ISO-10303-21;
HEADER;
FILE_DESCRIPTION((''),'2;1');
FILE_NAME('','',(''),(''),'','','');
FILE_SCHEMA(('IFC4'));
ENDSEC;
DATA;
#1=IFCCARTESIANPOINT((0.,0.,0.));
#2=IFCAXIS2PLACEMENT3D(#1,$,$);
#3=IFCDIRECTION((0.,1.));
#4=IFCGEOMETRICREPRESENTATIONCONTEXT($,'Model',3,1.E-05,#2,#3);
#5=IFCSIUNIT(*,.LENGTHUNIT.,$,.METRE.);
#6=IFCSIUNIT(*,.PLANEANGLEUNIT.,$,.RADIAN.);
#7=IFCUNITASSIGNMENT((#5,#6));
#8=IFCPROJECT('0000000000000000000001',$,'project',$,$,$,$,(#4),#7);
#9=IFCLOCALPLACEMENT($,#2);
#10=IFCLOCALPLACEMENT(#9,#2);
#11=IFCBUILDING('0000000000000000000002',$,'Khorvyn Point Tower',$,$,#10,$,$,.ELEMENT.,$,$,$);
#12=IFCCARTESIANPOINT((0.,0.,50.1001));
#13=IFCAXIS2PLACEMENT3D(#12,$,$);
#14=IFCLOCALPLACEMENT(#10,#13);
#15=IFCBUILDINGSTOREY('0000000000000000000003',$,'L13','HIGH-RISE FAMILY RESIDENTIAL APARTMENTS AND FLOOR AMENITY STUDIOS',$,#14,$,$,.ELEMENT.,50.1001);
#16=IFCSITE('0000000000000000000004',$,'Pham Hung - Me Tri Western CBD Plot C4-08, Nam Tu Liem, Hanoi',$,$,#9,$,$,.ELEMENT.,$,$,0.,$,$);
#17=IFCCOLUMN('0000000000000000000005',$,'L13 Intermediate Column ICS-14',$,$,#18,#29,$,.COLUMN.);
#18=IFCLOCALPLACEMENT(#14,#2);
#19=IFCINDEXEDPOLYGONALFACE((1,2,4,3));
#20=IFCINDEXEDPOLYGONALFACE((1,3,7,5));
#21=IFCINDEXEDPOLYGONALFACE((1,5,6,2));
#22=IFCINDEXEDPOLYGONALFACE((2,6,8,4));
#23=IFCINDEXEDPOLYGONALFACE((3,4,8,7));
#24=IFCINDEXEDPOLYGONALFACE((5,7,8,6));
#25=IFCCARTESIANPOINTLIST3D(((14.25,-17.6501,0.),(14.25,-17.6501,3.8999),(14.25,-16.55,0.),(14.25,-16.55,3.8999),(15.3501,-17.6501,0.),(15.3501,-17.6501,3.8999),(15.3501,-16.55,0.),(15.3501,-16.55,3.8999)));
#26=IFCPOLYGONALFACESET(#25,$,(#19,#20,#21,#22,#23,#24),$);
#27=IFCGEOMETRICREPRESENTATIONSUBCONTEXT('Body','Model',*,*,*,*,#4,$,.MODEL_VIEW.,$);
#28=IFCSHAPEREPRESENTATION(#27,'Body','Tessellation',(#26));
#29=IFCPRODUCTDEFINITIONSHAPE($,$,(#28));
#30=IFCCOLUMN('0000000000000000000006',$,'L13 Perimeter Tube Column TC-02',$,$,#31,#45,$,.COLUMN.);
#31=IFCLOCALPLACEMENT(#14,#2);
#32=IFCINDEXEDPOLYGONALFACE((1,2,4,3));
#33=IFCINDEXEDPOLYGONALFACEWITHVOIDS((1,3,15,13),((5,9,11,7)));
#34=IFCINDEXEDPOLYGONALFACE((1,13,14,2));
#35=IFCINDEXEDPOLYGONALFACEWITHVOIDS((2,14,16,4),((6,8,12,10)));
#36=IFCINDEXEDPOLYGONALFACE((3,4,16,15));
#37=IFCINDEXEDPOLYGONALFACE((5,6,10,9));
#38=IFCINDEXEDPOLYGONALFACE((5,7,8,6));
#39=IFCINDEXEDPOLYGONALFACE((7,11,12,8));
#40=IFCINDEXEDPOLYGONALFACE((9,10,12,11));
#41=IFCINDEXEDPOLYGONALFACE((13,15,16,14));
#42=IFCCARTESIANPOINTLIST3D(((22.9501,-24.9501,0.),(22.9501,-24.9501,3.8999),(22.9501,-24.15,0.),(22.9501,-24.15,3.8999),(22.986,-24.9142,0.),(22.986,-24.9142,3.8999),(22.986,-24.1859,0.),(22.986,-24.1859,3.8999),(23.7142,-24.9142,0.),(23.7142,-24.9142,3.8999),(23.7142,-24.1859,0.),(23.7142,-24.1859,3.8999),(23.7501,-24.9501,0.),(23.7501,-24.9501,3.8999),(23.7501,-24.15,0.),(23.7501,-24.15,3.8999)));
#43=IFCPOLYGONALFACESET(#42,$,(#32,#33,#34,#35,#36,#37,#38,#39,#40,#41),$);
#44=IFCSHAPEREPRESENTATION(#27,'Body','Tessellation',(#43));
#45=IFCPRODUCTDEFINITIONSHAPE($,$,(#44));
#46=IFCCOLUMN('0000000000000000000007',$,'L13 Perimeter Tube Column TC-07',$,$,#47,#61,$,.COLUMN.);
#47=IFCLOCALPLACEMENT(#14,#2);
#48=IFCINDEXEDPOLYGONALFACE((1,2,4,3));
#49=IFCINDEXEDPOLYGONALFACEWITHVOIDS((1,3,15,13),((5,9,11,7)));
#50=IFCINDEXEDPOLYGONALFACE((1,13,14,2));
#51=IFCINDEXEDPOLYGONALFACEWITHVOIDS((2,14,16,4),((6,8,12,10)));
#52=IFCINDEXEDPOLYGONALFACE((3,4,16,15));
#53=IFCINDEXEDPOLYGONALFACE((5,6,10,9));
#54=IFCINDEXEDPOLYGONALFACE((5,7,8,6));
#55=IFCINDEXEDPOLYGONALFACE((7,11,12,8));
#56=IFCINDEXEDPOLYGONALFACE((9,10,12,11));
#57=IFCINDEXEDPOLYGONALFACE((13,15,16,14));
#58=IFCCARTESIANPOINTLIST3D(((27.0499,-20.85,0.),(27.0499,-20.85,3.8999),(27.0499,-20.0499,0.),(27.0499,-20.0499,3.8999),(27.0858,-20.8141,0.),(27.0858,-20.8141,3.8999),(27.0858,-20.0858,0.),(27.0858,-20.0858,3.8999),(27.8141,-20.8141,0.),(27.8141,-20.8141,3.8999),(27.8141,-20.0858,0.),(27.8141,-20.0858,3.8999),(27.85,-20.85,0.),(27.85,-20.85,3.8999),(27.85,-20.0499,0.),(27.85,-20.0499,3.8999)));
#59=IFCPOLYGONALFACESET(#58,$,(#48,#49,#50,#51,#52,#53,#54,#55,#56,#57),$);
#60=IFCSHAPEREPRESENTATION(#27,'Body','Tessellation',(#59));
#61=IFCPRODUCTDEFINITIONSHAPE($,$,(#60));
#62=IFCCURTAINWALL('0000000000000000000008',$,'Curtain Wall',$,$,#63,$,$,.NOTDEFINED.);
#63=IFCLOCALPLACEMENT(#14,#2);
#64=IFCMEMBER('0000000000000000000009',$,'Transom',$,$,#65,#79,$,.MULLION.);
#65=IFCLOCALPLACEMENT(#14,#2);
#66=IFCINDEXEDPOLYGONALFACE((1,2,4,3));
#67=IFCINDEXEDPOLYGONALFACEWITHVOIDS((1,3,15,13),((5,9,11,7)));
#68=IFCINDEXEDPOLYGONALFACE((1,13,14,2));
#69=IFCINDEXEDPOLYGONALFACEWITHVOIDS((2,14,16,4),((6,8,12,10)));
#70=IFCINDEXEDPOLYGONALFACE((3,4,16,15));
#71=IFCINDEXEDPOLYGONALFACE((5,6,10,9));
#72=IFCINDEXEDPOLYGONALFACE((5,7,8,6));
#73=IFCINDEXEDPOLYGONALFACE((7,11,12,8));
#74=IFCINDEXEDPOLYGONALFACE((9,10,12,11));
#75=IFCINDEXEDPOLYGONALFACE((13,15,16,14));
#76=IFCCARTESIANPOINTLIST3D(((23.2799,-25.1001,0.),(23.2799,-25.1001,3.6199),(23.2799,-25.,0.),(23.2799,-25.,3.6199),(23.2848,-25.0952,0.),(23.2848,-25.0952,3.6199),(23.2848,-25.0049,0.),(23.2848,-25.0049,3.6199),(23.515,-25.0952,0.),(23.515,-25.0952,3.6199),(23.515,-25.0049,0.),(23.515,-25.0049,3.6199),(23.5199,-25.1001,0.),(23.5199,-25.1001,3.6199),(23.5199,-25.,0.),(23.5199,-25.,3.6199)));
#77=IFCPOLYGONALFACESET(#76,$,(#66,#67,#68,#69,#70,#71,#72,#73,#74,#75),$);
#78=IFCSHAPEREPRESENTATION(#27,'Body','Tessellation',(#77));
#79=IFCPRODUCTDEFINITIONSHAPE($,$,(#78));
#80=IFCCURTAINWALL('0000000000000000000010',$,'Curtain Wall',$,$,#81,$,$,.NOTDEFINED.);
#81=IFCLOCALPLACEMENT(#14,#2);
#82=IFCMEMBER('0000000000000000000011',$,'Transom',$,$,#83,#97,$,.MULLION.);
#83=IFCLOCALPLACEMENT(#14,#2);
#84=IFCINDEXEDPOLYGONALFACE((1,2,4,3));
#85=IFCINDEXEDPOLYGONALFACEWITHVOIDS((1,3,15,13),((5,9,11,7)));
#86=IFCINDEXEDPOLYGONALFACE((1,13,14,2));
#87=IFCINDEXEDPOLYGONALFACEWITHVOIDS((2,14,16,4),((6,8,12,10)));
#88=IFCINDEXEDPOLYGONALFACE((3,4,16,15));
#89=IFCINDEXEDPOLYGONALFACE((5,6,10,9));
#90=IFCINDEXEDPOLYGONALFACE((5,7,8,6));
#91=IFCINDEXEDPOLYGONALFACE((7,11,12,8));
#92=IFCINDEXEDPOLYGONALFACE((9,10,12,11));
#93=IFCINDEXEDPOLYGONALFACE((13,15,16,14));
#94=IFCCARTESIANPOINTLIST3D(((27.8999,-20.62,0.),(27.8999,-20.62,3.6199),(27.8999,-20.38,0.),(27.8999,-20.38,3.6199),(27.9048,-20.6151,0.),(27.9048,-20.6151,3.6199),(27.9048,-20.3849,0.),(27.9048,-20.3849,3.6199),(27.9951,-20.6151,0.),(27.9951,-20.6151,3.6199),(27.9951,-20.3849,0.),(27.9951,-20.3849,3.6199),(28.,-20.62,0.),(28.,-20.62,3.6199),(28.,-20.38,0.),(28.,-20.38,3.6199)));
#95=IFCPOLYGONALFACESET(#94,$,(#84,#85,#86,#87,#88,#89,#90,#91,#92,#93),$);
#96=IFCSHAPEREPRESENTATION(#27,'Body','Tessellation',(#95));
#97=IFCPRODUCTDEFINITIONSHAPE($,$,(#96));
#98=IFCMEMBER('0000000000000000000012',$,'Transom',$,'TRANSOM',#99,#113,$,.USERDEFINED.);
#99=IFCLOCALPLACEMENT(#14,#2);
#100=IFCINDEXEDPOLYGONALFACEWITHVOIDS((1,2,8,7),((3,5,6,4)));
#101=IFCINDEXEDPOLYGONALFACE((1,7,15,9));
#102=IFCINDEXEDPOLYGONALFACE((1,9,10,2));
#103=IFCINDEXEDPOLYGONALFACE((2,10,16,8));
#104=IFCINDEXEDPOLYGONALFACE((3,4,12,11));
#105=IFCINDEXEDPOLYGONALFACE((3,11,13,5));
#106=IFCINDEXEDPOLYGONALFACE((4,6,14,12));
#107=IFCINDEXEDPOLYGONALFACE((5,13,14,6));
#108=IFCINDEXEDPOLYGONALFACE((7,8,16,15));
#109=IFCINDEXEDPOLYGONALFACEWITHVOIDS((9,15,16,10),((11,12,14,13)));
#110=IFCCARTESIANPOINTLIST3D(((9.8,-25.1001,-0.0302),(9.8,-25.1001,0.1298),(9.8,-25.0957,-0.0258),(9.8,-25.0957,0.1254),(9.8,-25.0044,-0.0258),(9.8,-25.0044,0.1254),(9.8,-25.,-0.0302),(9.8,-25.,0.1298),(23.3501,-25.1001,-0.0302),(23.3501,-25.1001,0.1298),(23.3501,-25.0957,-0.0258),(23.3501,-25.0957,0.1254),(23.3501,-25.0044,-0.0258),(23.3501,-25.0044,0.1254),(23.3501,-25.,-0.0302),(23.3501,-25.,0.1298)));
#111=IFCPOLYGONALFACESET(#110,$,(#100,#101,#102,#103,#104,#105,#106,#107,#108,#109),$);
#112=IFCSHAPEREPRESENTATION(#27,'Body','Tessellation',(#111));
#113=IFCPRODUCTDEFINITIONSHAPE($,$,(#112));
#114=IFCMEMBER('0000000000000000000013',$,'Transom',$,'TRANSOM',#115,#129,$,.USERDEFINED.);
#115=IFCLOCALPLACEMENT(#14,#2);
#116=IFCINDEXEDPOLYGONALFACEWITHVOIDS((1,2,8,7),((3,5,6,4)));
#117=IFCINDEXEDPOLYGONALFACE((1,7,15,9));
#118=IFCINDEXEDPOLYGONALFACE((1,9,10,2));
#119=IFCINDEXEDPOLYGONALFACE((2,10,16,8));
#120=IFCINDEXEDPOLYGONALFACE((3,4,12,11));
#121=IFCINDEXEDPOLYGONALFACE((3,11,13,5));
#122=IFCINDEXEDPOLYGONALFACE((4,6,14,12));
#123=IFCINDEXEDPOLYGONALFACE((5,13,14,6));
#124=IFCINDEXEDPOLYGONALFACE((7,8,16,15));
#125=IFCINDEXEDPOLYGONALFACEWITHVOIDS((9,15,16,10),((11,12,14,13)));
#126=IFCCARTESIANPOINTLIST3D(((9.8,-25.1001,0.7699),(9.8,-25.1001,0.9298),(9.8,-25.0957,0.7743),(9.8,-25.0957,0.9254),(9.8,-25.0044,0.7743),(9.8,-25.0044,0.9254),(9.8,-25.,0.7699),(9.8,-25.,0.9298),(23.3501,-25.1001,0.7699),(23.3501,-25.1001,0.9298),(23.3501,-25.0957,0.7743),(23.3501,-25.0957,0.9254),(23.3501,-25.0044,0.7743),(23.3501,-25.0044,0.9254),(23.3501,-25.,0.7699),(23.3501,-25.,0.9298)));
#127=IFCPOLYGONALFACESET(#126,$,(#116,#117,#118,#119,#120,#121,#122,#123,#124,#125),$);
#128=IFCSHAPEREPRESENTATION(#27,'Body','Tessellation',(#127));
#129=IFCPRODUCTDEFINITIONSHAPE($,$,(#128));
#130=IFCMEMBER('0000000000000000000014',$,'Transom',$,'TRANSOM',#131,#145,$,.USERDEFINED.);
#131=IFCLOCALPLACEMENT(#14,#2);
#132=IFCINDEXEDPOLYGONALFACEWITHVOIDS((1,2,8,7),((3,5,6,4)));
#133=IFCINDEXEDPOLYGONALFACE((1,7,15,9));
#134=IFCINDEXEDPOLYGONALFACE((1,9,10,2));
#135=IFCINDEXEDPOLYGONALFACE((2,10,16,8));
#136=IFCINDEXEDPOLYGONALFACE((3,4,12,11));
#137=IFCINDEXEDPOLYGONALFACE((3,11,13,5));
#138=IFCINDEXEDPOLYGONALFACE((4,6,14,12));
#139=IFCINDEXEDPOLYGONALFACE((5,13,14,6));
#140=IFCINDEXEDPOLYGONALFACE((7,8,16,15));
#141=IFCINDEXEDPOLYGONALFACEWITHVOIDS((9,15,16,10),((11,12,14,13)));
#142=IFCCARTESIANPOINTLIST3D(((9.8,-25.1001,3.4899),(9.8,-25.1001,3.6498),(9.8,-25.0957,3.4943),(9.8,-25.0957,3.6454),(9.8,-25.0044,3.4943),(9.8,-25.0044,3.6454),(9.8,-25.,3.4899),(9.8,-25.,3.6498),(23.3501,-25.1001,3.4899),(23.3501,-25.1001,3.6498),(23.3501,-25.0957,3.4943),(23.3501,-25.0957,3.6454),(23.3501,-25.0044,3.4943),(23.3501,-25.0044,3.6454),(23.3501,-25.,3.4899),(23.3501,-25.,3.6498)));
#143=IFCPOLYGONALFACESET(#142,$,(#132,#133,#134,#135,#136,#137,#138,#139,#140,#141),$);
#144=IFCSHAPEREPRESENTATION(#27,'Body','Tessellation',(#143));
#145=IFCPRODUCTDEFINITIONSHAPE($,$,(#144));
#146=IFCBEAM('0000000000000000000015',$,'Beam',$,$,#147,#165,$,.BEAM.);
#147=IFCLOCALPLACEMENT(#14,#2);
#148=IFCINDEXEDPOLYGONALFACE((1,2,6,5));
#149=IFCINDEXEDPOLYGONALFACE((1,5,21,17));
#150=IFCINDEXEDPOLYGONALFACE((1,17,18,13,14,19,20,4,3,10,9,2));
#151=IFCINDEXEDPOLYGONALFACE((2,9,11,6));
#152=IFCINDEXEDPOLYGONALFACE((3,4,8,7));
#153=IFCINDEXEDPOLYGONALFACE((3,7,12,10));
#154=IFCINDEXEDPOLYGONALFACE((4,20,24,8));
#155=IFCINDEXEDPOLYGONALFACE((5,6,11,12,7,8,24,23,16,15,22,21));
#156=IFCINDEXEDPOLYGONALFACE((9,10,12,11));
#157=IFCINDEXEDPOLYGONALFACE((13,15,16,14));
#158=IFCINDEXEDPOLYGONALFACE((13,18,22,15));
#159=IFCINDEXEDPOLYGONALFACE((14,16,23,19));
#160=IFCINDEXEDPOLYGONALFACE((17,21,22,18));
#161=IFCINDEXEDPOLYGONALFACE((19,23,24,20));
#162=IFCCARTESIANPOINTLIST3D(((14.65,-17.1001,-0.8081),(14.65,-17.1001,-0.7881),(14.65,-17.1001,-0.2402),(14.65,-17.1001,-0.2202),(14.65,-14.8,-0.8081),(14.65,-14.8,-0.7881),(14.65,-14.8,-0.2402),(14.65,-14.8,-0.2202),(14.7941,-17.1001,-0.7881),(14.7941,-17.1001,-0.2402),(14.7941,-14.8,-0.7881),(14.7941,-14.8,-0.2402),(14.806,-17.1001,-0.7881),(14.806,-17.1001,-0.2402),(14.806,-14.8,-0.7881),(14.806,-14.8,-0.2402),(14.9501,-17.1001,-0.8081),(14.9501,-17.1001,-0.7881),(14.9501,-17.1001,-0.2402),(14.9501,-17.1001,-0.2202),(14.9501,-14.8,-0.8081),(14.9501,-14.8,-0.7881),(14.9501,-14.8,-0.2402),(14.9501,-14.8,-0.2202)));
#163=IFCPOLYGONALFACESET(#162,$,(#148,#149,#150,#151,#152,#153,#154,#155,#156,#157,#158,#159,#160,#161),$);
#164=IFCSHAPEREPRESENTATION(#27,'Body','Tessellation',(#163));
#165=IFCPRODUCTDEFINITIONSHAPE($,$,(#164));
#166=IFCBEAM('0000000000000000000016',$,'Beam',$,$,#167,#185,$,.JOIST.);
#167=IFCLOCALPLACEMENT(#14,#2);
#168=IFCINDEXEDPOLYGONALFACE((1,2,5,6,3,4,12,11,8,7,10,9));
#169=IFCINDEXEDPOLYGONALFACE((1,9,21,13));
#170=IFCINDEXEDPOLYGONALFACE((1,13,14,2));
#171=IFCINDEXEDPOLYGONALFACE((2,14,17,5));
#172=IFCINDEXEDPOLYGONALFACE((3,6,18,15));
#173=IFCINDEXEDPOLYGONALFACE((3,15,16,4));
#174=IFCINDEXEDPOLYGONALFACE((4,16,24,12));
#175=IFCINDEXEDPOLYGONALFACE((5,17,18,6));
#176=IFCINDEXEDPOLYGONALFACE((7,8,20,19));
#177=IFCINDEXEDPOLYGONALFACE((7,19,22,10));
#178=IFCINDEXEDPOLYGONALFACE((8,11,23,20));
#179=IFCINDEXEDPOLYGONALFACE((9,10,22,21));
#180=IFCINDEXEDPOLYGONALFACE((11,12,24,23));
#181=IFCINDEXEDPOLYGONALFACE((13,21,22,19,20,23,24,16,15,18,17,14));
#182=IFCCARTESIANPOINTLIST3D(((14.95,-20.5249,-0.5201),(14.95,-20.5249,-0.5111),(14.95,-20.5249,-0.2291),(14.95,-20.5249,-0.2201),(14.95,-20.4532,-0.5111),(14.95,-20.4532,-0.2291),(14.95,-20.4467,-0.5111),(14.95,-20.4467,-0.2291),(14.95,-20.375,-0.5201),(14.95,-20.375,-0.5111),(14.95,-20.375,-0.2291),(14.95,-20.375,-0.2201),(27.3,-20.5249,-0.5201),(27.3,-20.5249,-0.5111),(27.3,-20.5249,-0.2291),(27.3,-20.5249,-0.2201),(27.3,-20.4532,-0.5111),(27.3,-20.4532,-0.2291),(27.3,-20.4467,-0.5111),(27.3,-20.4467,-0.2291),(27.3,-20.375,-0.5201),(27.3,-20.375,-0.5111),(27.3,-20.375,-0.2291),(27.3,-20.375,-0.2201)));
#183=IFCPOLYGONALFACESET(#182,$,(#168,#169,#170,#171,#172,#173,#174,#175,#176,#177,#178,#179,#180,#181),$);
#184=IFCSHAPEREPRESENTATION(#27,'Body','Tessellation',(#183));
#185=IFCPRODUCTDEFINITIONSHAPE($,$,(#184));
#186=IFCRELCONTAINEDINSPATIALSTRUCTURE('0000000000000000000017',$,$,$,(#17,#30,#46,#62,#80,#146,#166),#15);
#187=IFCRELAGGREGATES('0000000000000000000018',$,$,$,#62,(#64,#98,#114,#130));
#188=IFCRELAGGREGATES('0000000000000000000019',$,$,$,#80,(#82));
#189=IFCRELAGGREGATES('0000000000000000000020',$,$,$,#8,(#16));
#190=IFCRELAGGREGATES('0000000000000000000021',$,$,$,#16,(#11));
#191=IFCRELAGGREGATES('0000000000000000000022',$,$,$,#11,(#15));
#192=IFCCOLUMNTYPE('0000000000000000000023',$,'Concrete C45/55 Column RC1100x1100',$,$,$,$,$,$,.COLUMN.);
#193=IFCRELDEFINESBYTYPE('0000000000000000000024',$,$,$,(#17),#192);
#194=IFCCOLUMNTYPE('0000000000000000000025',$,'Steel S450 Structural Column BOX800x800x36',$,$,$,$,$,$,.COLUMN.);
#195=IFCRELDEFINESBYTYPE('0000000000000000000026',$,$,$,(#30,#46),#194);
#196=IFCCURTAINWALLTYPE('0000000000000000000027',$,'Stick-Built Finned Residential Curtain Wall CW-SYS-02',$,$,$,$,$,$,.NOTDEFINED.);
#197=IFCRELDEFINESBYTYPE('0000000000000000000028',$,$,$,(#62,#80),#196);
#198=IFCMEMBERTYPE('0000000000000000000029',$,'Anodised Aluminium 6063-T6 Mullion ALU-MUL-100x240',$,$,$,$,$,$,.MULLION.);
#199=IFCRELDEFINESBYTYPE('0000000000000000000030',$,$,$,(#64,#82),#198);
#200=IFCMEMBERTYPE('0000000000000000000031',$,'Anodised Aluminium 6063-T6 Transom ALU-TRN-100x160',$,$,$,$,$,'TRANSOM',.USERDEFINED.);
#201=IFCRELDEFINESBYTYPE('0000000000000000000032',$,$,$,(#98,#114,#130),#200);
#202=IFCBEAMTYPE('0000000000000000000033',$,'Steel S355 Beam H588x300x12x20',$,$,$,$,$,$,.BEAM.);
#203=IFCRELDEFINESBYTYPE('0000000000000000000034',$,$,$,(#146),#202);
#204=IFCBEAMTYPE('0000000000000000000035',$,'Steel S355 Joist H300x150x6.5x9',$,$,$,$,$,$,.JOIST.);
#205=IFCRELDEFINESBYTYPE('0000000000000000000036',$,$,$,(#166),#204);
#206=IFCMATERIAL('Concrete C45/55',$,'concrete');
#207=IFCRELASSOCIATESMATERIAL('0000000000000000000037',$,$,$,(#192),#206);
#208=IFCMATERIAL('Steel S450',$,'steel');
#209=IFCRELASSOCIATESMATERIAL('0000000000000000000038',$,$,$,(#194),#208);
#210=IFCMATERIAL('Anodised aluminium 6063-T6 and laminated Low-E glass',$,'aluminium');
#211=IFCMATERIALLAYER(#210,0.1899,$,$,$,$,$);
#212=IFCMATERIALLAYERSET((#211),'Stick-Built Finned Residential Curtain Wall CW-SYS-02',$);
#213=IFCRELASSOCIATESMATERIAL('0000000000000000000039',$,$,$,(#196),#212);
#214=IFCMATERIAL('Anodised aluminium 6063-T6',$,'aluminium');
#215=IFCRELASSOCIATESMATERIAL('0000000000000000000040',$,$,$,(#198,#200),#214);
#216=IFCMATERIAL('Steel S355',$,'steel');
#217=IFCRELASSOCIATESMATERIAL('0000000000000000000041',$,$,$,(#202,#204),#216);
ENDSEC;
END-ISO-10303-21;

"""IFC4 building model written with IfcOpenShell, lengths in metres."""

from ifc_helpers import new_model, si_unit, direction, frame, origin, origin_2d, place, context, subcontext, project, spatial, rectangle, hollow_rectangle, i_section, extrude, material, layer, layer_set, material_profile, profile_set, type_object, element, aggregate, save


model = new_model("IFC4")

# Units and contexts
model_context = context("Model", 3, precision=1e-05, world=origin(), true_north=direction((0.0, 1.0)))
body_context = subcontext(model_context, "Body", "Model", "MODEL_VIEW")
ifc_project = project(units=[si_unit("LENGTHUNIT", "METRE"), si_unit("PLANEANGLEUNIT", "RADIAN")], contexts=[model_context])

# Site, building, storey
site_placement = place(None, origin())
site = spatial("IfcSite", under=ifc_project, at=site_placement, Name="Pham Hung - Me Tri Western CBD Plot C4-08, Nam Tu Liem, Hanoi", CompositionType="ELEMENT", RefElevation=0.0)
building_placement = place(site_placement, origin())
building = spatial("IfcBuilding", under=site, at=building_placement, Name="Khorvyn Point Tower", CompositionType="ELEMENT")
storey_placement = place(building_placement, frame((0.0, 0.0, 50.1001)))
storey = spatial("IfcBuildingStorey", under=building, at=storey_placement, Name="L13", Description="HIGH-RISE FAMILY RESIDENTIAL APARTMENTS AND FLOOR AMENITY STUDIOS", CompositionType="ELEMENT", Elevation=50.1001)

# Columns
ifc_material_1 = material(Name="Concrete C45/55", Category="concrete")
ifc_material_profile_1 = material_profile(ifc_material_1, rectangle(XDim=1.1001, YDim=1.1001, at=origin_2d()))
ifc_profile_set_1 = profile_set([ifc_material_profile_1], Name="Concrete C45/55 RC1100x1100")
column_type_1 = type_object("IfcColumnType", Name="Concrete C45/55 Column RC1100x1100", PredefinedType="COLUMN", material=ifc_profile_set_1)
column_placement = place(storey_placement, frame((14.8, -17.1001, 0.0), z_axis=(0.0, 0.0, 1.0), x_axis=(1.0, 0.0, 0.0)))
element("IfcColumn", 1, at=column_placement, inside=storey, type_object=column_type_1, Name="L13 Intermediate Column ICS-14", PredefinedType="COLUMN", context=body_context, shape_type="SweptSolid", body=[
    extrude(rectangle(XDim=1.1001, YDim=1.1001, at=origin_2d()), origin(), (0.0, 0.0, 1.0), 3.8999),
])
ifc_material_2 = material(Name="Steel S450", Category="steel")
ifc_material_profile_2 = material_profile(ifc_material_2, hollow_rectangle(XDim=0.8, YDim=0.8, WallThickness=0.0359, at=origin_2d()))
ifc_profile_set_2 = profile_set([ifc_material_profile_2], Name="Steel S450 BOX800x800x36")
column_type_2 = type_object("IfcColumnType", Name="Steel S450 Structural Column BOX800x800x36", PredefinedType="COLUMN", material=ifc_profile_set_2)
for number, where, z_axis, x_axis, name in (
    (2, (23.3501, -24.55, 0.0), (0.0, 0.0, 1.0), (1.0, 0.0, 0.0), "L13 Perimeter Tube Column TC-02"),
    (3, (27.45, -20.45, 0.0), (0.0, 0.0, 1.0), (1.0, 0.0, 0.0), "L13 Perimeter Tube Column TC-07"),
):
    element("IfcColumn", number, at=place(storey_placement, frame(where, z_axis=z_axis, x_axis=x_axis)), inside=storey, type_object=column_type_2, Name=name, PredefinedType="COLUMN", context=body_context, shape_type="SweptSolid", body=[
        extrude(hollow_rectangle(XDim=0.8, YDim=0.8, WallThickness=0.0359, at=origin_2d()), origin(), (0.0, 0.0, 1.0), 3.8999),
    ])

# Curtain walls, members
ifc_material_3 = material(Name="Anodised aluminium 6063-T6 and laminated Low-E glass", Category="aluminium")
ifc_layer_1 = layer(ifc_material_3, 0.1899)
ifc_layer_set_1 = layer_set([ifc_layer_1], Name="Stick-Built Finned Residential Curtain Wall CW-SYS-02")
curtain_wall_type = type_object("IfcCurtainWallType", Name="Stick-Built Finned Residential Curtain Wall CW-SYS-02", PredefinedType="NOTDEFINED", material=ifc_layer_set_1)
curtain_wall_1_placement = place(storey_placement, origin())
curtain_wall_1 = element("IfcCurtainWall", 4, at=curtain_wall_1_placement, inside=storey, type_object=curtain_wall_type, Name="Curtain Wall", PredefinedType="NOTDEFINED")
ifc_material_4 = material(Name="Anodised aluminium 6063-T6", Category="aluminium")
ifc_material_profile_3 = material_profile(ifc_material_4, hollow_rectangle(XDim=0.1001, YDim=0.24, WallThickness=0.0049, at=origin_2d()))
ifc_profile_set_3 = profile_set([ifc_material_profile_3], Name="Anodised aluminium 6063-T6 ALU-MUL-100x240")
member_type_1 = type_object("IfcMemberType", Name="Anodised Aluminium 6063-T6 Mullion ALU-MUL-100x240", PredefinedType="MULLION", material=ifc_profile_set_3)
member_1_placement = place(storey_placement, frame((23.3999, -25.05, 0.0), z_axis=(0.0, 0.0, 1.0), x_axis=(0.0, -1.0, 0.0)))
member_1 = element("IfcMember", 5, at=member_1_placement, type_object=member_type_1, Name="Transom", PredefinedType="MULLION", context=body_context, shape_type="SweptSolid", body=[
    extrude(hollow_rectangle(XDim=0.1001, YDim=0.24, WallThickness=0.0049, at=origin_2d()), origin(), (0.0, 0.0, 1.0), 3.6199),
])
curtain_wall_2_placement = place(storey_placement, origin())
curtain_wall_2 = element("IfcCurtainWall", 6, at=curtain_wall_2_placement, inside=storey, type_object=curtain_wall_type, Name="Curtain Wall", PredefinedType="NOTDEFINED")
member_2_placement = place(storey_placement, frame((27.95, -20.5, 0.0), z_axis=(0.0, 0.0, 1.0), x_axis=(1.0, 0.0, 0.0)))
member_2 = element("IfcMember", 7, at=member_2_placement, type_object=member_type_1, Name="Transom", PredefinedType="MULLION", context=body_context, shape_type="SweptSolid", body=[
    extrude(hollow_rectangle(XDim=0.1001, YDim=0.24, WallThickness=0.0049, at=origin_2d()), origin(), (0.0, 0.0, 1.0), 3.6199),
])

# Members
ifc_material_profile_4 = material_profile(ifc_material_4, hollow_rectangle(XDim=0.1001, YDim=0.1599, WallThickness=0.0044, at=origin_2d()))
ifc_profile_set_4 = profile_set([ifc_material_profile_4], Name="Anodised aluminium 6063-T6 ALU-TRN-100x160")
member_type_2 = type_object("IfcMemberType", Name="Anodised Aluminium 6063-T6 Transom ALU-TRN-100x160", ElementType="TRANSOM", PredefinedType="USERDEFINED", material=ifc_profile_set_4)
member_3_placement = place(storey_placement, frame((23.3501, -25.05, 0.0498), z_axis=(-1.0, 0.0, 0.0), x_axis=(0.0, -1.0, 0.0)))
member_3 = element("IfcMember", 8, at=member_3_placement, type_object=member_type_2, Name="Transom", ObjectType="TRANSOM", PredefinedType="USERDEFINED", context=body_context, shape_type="SweptSolid", body=[
    extrude(hollow_rectangle(XDim=0.1001, YDim=0.1599, WallThickness=0.0044, at=origin_2d()), origin(), (0.0, 0.0, 1.0), 13.55),
])
member_4_placement = place(storey_placement, frame((23.3501, -25.05, 0.8499), z_axis=(-1.0, 0.0, 0.0), x_axis=(0.0, -1.0, 0.0)))
member_4 = element("IfcMember", 9, at=member_4_placement, type_object=member_type_2, Name="Transom", ObjectType="TRANSOM", PredefinedType="USERDEFINED", context=body_context, shape_type="SweptSolid", body=[
    extrude(hollow_rectangle(XDim=0.1001, YDim=0.1599, WallThickness=0.0044, at=origin_2d()), origin(), (0.0, 0.0, 1.0), 13.55),
])
member_5_placement = place(storey_placement, frame((23.3501, -25.05, 3.5698), z_axis=(-1.0, 0.0, 0.0), x_axis=(0.0, -1.0, 0.0)))
member_5 = element("IfcMember", 10, at=member_5_placement, type_object=member_type_2, Name="Transom", ObjectType="TRANSOM", PredefinedType="USERDEFINED", context=body_context, shape_type="SweptSolid", body=[
    extrude(hollow_rectangle(XDim=0.1001, YDim=0.1599, WallThickness=0.0044, at=origin_2d()), origin(), (0.0, 0.0, 1.0), 13.55),
])

# Beams
ifc_material_5 = material(Name="Steel S355", Category="steel")
ifc_material_profile_5 = material_profile(ifc_material_5, i_section(OverallWidth=0.3, OverallDepth=0.5879, WebThickness=0.012, FlangeThickness=0.02, at=origin_2d()))
ifc_profile_set_5 = profile_set([ifc_material_profile_5], Name="Steel S355 H588x300x12x20")
beam_type_1 = type_object("IfcBeamType", Name="Steel S355 Beam H588x300x12x20", PredefinedType="BEAM", material=ifc_profile_set_5)
beam_1_placement = place(storey_placement, frame((14.8, -17.1001, -0.5142), z_axis=(0.0, 1.0, 0.0), x_axis=(-1.0, 0.0, 0.0)))
element("IfcBeam", 11, at=beam_1_placement, inside=storey, type_object=beam_type_1, Name="Beam", PredefinedType="BEAM", context=body_context, shape_type="SweptSolid", body=[
    extrude(i_section(OverallWidth=0.3, OverallDepth=0.5879, WebThickness=0.012, FlangeThickness=0.02, at=origin_2d()), origin(), (0.0, 0.0, 1.0), 2.3),
])
ifc_material_profile_6 = material_profile(ifc_material_5, i_section(OverallWidth=0.1499, OverallDepth=0.3, WebThickness=0.0066, FlangeThickness=0.009, at=origin_2d()))
ifc_profile_set_6 = profile_set([ifc_material_profile_6], Name="Steel S355 H300x150x6.5x9")
beam_type_2 = type_object("IfcBeamType", Name="Steel S355 Joist H300x150x6.5x9", PredefinedType="JOIST", material=ifc_profile_set_6)
beam_2_placement = place(storey_placement, frame((14.95, -20.45, -0.3701), z_axis=(1.0, 0.0, 0.0), x_axis=(0.0, 1.0, 0.0)))
element("IfcBeam", 12, at=beam_2_placement, inside=storey, type_object=beam_type_2, Name="Beam", PredefinedType="JOIST", context=body_context, shape_type="SweptSolid", body=[
    extrude(i_section(OverallWidth=0.1499, OverallDepth=0.3, WebThickness=0.0066, FlangeThickness=0.009, at=origin_2d()), origin(), (0.0, 0.0, 1.0), 12.3501),
])

aggregate(curtain_wall_1, [member_1, member_3, member_4, member_5])
aggregate(curtain_wall_2, [member_2])

save(model, "model.ifc")
